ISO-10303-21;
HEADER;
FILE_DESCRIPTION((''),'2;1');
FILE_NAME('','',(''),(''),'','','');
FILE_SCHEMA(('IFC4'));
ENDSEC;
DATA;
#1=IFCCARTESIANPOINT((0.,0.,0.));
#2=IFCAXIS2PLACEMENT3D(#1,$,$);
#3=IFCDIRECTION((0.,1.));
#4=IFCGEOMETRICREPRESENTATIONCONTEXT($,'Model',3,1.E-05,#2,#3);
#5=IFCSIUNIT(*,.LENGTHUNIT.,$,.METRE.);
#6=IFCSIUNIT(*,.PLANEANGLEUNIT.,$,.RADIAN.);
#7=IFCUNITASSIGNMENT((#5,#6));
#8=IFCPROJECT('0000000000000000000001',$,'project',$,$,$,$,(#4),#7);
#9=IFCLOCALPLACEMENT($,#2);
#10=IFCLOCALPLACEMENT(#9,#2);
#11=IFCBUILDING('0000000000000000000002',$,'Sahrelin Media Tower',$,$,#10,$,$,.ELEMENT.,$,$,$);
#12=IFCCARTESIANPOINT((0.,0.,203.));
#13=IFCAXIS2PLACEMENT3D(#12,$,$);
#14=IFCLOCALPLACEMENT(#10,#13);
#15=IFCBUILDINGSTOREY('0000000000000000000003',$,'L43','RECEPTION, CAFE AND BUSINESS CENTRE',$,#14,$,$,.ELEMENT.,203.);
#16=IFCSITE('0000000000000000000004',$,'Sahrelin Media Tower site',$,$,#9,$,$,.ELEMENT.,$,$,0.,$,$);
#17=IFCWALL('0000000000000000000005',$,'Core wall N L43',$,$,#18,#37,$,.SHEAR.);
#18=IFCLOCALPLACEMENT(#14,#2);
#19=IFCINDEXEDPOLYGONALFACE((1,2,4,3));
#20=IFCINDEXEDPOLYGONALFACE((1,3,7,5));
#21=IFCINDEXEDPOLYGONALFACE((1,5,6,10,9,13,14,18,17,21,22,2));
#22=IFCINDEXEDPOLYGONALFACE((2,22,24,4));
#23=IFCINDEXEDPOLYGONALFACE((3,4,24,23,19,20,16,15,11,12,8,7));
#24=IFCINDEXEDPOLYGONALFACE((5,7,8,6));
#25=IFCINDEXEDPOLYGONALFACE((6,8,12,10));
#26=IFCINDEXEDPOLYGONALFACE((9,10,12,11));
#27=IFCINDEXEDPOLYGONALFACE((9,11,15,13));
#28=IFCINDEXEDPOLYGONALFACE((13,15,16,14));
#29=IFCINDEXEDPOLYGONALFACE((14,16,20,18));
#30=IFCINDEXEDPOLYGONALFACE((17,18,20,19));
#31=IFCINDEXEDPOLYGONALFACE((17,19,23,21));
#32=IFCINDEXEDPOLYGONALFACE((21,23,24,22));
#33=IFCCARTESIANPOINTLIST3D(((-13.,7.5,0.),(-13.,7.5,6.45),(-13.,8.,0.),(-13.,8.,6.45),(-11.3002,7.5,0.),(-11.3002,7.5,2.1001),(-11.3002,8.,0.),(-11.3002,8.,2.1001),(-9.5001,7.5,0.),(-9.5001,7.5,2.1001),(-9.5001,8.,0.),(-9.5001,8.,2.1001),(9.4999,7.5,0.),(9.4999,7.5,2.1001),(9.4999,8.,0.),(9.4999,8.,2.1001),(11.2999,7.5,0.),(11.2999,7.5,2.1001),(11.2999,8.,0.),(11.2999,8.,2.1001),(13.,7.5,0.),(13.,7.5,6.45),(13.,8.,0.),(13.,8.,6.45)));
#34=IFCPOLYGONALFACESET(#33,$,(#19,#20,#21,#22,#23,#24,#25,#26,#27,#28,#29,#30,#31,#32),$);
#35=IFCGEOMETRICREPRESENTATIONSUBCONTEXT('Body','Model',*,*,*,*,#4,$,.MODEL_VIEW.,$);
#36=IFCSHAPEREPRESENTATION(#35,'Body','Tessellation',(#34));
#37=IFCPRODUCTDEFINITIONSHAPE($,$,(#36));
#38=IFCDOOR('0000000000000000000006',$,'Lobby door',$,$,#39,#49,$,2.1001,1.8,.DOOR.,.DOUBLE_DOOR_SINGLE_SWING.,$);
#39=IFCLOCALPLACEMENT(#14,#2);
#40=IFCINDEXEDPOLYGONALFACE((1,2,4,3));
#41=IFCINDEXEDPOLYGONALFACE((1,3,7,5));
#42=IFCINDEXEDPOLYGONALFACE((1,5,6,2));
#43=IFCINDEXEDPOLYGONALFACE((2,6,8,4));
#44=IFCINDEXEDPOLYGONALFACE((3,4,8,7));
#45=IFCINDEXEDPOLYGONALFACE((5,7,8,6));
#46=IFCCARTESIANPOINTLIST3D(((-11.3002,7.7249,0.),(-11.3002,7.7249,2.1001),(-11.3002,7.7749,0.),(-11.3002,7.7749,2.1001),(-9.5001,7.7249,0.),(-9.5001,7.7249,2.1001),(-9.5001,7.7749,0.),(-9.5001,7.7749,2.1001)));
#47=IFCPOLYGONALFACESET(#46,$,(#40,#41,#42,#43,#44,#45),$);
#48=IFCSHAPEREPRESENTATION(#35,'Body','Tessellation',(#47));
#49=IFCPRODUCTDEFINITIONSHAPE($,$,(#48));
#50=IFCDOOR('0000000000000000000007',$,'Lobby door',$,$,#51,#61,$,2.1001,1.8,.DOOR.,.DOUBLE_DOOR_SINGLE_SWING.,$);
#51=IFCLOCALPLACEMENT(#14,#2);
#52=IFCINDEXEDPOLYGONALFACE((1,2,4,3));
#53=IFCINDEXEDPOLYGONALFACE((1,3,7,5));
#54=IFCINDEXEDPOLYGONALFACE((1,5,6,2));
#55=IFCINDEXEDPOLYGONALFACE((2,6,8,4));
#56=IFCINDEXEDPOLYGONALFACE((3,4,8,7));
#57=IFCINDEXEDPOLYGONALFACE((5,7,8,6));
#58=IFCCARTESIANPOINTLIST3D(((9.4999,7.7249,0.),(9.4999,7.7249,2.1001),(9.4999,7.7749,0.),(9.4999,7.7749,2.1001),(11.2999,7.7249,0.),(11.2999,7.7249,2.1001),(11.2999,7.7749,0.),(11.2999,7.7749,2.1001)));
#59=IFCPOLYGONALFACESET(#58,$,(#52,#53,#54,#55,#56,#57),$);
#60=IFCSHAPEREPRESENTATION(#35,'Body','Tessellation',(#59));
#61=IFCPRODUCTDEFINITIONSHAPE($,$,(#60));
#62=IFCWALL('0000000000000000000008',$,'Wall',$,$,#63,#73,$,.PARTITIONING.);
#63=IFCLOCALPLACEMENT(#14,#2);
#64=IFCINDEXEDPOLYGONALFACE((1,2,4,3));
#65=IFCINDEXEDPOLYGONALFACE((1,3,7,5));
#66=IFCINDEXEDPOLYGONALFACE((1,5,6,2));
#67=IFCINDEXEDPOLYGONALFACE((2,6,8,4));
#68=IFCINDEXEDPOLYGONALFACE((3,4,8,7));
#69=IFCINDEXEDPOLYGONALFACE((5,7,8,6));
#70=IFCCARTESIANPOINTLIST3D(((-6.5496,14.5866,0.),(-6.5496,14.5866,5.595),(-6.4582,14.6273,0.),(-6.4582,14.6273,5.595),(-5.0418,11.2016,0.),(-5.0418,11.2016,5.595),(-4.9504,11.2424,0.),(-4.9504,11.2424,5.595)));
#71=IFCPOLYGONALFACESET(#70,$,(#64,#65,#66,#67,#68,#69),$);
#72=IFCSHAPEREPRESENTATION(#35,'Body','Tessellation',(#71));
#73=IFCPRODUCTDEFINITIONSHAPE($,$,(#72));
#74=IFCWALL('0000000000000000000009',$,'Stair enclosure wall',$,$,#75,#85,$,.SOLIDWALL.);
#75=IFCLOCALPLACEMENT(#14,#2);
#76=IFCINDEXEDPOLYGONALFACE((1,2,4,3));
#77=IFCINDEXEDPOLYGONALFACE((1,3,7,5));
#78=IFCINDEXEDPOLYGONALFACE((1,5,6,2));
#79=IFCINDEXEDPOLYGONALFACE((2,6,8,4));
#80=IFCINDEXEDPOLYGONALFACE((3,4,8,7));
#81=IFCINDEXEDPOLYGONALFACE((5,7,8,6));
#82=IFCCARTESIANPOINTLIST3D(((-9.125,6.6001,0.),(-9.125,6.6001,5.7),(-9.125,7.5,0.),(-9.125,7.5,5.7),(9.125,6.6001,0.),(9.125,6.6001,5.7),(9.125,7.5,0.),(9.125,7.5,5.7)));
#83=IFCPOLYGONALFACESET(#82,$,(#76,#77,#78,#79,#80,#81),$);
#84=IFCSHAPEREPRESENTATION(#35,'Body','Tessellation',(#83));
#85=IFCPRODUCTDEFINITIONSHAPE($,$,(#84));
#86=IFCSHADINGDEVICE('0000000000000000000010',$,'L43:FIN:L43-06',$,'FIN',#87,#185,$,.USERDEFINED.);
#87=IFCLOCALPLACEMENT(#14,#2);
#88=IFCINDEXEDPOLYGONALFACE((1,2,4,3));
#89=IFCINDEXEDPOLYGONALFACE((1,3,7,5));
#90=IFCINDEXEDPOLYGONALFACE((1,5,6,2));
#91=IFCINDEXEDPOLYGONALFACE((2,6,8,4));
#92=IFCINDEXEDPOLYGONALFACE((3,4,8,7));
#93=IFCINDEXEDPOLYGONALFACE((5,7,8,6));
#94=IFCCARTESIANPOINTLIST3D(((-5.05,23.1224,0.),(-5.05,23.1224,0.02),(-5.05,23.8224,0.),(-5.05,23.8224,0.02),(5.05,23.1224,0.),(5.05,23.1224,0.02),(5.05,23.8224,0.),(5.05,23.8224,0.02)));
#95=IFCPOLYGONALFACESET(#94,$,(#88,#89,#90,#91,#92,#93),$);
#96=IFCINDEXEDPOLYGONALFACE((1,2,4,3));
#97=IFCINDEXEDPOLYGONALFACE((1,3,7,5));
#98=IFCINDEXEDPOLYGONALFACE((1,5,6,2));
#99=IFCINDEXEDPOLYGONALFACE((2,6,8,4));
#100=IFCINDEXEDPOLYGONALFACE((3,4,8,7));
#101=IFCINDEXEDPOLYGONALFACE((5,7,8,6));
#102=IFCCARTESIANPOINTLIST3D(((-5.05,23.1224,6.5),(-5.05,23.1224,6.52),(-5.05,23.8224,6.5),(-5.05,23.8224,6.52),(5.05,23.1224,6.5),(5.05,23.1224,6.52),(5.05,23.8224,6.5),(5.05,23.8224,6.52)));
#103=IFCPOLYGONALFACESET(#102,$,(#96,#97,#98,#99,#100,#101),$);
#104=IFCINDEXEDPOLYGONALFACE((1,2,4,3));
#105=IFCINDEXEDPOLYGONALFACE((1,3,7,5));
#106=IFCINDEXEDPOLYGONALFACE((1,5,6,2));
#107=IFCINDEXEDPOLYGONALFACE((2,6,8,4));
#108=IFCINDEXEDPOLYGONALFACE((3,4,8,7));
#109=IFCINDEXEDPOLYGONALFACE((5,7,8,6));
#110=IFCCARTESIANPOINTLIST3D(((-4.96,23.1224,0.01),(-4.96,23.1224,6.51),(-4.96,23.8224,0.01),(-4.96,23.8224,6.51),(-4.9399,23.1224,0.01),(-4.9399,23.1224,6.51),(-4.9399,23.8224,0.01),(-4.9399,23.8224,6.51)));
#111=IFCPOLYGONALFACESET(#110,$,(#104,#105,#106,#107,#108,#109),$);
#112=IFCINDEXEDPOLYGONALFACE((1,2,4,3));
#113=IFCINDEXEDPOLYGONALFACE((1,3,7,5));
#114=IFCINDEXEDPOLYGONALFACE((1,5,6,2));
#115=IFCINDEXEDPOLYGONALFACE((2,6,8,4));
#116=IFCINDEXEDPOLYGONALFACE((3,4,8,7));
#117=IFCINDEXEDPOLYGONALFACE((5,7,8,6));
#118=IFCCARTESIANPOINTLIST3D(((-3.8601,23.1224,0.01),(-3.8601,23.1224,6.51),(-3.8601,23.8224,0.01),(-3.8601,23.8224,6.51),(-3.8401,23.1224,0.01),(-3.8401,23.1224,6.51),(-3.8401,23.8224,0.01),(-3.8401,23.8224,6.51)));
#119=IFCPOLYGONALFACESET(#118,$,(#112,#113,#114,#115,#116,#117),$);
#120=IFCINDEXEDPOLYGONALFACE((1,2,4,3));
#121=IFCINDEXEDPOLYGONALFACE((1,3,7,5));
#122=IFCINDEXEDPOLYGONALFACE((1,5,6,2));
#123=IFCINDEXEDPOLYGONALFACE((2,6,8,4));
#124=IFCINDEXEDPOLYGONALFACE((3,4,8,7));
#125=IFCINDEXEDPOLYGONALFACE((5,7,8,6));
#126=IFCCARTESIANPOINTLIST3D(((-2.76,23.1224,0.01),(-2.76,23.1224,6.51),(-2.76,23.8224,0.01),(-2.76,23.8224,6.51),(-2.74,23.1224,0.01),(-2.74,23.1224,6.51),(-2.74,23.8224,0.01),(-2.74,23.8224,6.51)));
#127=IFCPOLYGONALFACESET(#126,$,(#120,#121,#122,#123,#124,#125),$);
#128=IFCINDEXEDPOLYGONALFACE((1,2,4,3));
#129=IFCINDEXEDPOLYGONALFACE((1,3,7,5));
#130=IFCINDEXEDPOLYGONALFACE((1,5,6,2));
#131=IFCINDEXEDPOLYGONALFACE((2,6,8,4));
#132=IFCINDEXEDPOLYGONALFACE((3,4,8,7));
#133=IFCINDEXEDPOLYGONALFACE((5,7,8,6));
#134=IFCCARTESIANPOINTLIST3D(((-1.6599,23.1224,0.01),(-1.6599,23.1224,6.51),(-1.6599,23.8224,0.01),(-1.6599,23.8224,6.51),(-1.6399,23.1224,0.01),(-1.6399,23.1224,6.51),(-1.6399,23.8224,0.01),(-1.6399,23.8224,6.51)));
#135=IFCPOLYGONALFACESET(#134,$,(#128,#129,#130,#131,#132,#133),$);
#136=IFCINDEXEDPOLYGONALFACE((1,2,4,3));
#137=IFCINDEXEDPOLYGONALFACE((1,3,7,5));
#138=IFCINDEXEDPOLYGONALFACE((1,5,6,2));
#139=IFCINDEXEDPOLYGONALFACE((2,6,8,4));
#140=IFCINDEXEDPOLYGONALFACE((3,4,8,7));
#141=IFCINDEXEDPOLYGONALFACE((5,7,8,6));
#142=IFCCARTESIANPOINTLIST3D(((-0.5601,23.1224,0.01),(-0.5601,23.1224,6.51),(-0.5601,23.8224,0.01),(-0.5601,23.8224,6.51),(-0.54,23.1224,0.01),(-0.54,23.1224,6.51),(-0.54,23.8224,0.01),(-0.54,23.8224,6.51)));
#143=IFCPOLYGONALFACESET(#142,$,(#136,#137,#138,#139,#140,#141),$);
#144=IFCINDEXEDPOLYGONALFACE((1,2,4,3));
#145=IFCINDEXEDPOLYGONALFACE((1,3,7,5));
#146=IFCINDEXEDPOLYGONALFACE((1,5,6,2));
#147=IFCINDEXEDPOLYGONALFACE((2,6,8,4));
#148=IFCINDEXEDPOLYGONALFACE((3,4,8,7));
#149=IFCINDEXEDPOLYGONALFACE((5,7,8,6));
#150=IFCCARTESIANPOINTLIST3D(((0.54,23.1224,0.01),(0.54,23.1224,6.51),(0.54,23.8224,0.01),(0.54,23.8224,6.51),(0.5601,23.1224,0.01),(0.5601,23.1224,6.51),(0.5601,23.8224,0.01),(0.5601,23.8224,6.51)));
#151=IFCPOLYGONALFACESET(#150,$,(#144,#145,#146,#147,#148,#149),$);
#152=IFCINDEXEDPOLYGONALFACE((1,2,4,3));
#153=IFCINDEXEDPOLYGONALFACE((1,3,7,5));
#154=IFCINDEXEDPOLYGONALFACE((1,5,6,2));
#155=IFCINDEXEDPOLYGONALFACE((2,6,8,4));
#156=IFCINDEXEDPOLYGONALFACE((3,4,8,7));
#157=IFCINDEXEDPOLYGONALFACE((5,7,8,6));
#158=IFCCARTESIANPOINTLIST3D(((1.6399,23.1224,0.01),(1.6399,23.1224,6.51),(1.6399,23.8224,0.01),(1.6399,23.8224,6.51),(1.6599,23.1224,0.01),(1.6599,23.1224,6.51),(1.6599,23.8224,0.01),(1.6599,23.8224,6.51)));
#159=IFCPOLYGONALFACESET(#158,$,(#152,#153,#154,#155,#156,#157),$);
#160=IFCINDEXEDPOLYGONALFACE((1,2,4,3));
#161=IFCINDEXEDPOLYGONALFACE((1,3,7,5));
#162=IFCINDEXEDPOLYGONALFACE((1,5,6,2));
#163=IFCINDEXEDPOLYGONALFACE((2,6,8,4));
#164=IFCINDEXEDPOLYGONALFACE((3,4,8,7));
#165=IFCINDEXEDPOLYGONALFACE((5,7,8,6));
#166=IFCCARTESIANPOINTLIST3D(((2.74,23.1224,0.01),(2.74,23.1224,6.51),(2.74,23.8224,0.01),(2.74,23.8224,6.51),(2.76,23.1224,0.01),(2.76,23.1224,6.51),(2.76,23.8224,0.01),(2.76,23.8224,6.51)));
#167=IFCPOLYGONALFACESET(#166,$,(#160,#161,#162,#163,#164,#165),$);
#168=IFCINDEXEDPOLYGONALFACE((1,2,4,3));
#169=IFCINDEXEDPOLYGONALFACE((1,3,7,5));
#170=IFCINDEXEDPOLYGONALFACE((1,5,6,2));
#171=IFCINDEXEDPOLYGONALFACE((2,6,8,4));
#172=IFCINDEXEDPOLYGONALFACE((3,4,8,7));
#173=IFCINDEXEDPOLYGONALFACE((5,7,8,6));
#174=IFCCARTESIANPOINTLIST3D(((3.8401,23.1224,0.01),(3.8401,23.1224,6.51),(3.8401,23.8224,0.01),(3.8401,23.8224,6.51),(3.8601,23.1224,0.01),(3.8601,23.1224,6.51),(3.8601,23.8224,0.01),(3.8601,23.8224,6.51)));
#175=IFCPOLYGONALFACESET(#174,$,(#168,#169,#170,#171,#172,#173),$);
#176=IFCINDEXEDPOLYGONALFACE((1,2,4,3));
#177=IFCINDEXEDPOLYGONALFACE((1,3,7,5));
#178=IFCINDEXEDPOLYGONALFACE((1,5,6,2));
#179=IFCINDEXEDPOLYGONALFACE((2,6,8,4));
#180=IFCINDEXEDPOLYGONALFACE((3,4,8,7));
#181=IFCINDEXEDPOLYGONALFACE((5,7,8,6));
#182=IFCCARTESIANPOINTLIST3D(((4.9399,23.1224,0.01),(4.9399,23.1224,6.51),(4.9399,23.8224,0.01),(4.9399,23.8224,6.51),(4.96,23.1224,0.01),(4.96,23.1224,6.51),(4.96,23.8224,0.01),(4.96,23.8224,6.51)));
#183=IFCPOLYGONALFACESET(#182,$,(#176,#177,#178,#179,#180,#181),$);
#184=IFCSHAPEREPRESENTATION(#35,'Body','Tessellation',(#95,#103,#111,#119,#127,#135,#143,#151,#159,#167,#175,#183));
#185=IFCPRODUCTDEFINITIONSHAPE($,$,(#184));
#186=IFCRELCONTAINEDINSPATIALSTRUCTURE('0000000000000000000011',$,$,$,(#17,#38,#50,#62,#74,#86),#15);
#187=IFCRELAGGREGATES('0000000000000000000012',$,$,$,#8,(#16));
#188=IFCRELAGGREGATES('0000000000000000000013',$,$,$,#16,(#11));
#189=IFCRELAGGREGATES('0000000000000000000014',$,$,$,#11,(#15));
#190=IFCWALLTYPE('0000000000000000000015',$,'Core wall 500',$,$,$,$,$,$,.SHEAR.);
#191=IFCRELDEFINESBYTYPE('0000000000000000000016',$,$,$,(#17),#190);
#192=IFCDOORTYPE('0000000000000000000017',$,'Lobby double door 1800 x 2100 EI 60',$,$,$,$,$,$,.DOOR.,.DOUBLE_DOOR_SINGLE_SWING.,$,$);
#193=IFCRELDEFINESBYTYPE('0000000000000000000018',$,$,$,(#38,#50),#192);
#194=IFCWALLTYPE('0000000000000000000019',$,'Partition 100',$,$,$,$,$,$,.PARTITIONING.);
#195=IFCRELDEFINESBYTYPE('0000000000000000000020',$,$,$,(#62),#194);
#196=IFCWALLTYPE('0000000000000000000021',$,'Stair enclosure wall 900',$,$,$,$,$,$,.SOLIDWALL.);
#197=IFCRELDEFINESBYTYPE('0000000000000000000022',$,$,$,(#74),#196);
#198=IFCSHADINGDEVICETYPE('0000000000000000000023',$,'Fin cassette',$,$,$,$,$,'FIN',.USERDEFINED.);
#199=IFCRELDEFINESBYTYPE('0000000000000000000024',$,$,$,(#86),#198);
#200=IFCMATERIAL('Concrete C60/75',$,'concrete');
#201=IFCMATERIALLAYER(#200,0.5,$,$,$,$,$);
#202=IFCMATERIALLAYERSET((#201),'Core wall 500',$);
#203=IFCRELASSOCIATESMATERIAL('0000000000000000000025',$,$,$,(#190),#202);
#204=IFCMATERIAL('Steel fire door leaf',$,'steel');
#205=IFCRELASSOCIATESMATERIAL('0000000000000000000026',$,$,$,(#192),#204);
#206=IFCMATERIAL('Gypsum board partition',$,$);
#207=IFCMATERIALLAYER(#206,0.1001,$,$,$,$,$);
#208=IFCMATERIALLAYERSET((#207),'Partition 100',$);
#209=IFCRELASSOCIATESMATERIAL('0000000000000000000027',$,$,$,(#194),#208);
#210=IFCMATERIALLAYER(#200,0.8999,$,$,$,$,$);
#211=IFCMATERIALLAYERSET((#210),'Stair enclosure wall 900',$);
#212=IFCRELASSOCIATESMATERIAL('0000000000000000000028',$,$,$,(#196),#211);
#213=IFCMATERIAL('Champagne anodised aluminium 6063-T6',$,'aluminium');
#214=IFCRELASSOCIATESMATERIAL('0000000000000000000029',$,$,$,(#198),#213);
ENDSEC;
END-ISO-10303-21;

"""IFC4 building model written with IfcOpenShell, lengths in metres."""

from ifc_helpers import new_model, si_unit, direction, frame, frame_2d, origin, origin_2d, place, context, subcontext, project, spatial, rectangle, extrude, material, layer, layer_set, type_object, element, fill, save


model = new_model("IFC4")

# Units and contexts
model_context = context("Model", 3, precision=1e-05, world=origin(), true_north=direction((0.0, 1.0)))
body_context = subcontext(model_context, "Body", "Model", "MODEL_VIEW")
ifc_project = project(units=[si_unit("LENGTHUNIT", "METRE"), si_unit("PLANEANGLEUNIT", "RADIAN")], contexts=[model_context])

# Site, building, storey
site_placement = place(None, origin())
site = spatial("IfcSite", under=ifc_project, at=site_placement, Name="Sahrelin Media Tower site", CompositionType="ELEMENT", RefElevation=0.0)
building_placement = place(site_placement, origin())
building = spatial("IfcBuilding", under=site, at=building_placement, Name="Sahrelin Media Tower", CompositionType="ELEMENT")
storey_placement = place(building_placement, frame((0.0, 0.0, 203.0)))
storey = spatial("IfcBuildingStorey", under=building, at=storey_placement, Name="L43", Description="RECEPTION, CAFE AND BUSINESS CENTRE", CompositionType="ELEMENT", Elevation=203.0)

# Shared definitions
ifc_material_1 = material(Name="Champagne anodised aluminium 6063-T6", Category="aluminium")
placement_1 = place(storey_placement, frame((0.0, 23.0525, 0.0), z_axis=(0.0, 0.0, 1.0), x_axis=(1.0, 0.0, 0.0)))

# Wall, openings, doors
ifc_material_2 = material(Name="Concrete C60/75", Category="concrete")
ifc_layer_1 = layer(ifc_material_2, 0.5)
ifc_layer_set_1 = layer_set([ifc_layer_1], Name="Core wall 500")
wall_type_1 = type_object("IfcWallType", Name="Core wall 500", PredefinedType="SHEAR", material=ifc_layer_set_1)
wall_1_placement = place(storey_placement, frame((-13.0, 7.75, 0.0), z_axis=(0.0, 0.0, 1.0), x_axis=(1.0, 0.0, 0.0)))
wall_1 = element("IfcWall", 1, at=wall_1_placement, inside=storey, type_object=wall_type_1, Name="Core wall N L43", PredefinedType="SHEAR", context=body_context, shape_type="SweptSolid", body=[
    extrude(rectangle(XDim=26.0, YDim=0.5, at=frame_2d((13.0, 0.0))), origin(), (0.0, 0.0, 1.0), 6.45),
])
opening_1_placement = place(wall_1_placement, frame((1.7, 0.0, 0.0)))
opening_1 = element("IfcOpeningElement", 2, at=opening_1_placement, cuts=wall_1, PredefinedType="OPENING", context=body_context, shape_type="SweptSolid", body=[
    extrude(rectangle(XDim=1.8, YDim=2.1001, at=frame_2d((0.8999, 1.05))), frame((0.0, 0.25, 0.0), z_axis=(0.0, -1.0, 0.0), x_axis=(1.0, 0.0, 0.0)), (0.0, 0.0, 1.0), 0.5),
])
opening_2_placement = place(wall_1_placement, frame((22.5, 0.0, 0.0)))
opening_2 = element("IfcOpeningElement", 3, at=opening_2_placement, cuts=wall_1, PredefinedType="OPENING", context=body_context, shape_type="SweptSolid", body=[
    extrude(rectangle(XDim=1.8, YDim=2.1001, at=frame_2d((0.8999, 1.05))), frame((0.0, 0.25, 0.0), z_axis=(0.0, -1.0, 0.0), x_axis=(1.0, 0.0, 0.0)), (0.0, 0.0, 1.0), 0.5),
])
ifc_material_3 = material(Name="Steel fire door leaf", Category="steel")
door_type = type_object("IfcDoorType", Name="Lobby double door 1800 x 2100 EI 60", OperationType="DOUBLE_DOOR_SINGLE_SWING", PredefinedType="DOOR", material=ifc_material_3)
door_1_placement = place(opening_1_placement, origin())
door_1 = element("IfcDoor", 4, at=door_1_placement, inside=storey, type_object=door_type, Name="Lobby door", OperationType="DOUBLE_DOOR_SINGLE_SWING", OverallHeight=2.1001, OverallWidth=1.8, PredefinedType="DOOR", context=body_context, shape_type="SweptSolid", body=[
    extrude(rectangle(XDim=1.8, YDim=2.1001, at=frame_2d((0.8999, 1.05))), frame((0.0, 0.0249, 0.0), z_axis=(0.0, -1.0, 0.0), x_axis=(1.0, 0.0, 0.0)), (0.0, 0.0, 1.0), 0.05),
])
fill(opening_1, door_1)
door_2_placement = place(opening_2_placement, origin())
door_2 = element("IfcDoor", 5, at=door_2_placement, inside=storey, type_object=door_type, Name="Lobby door", OperationType="DOUBLE_DOOR_SINGLE_SWING", OverallHeight=2.1001, OverallWidth=1.8, PredefinedType="DOOR", context=body_context, shape_type="SweptSolid", body=[
    extrude(rectangle(XDim=1.8, YDim=2.1001, at=frame_2d((0.8999, 1.05))), frame((0.0, 0.0249, 0.0), z_axis=(0.0, -1.0, 0.0), x_axis=(1.0, 0.0, 0.0)), (0.0, 0.0, 1.0), 0.05),
])
fill(opening_2, door_2)

# Walls
ifc_material_4 = material(Name="Gypsum board partition")
ifc_layer_2 = layer(ifc_material_4, 0.1001)
ifc_layer_set_2 = layer_set([ifc_layer_2], Name="Partition 100")
wall_type_2 = type_object("IfcWallType", Name="Partition 100", PredefinedType="PARTITIONING", material=ifc_layer_set_2)
wall_2_placement = place(storey_placement, frame((-6.5039, 14.6069, 0.0), z_axis=(0.0, 0.0, 1.0), x_axis=(0.406896, -0.913474, 0.0)))
element("IfcWall", 6, at=wall_2_placement, inside=storey, type_object=wall_type_2, Name="Wall", PredefinedType="PARTITIONING", context=body_context, shape_type="SweptSolid", body=[
    extrude(rectangle(XDim=3.7056, YDim=0.1001, at=frame_2d((1.8528, 0.0))), origin(), (0.0, 0.0, 1.0), 5.595),
])
ifc_layer_3 = layer(ifc_material_2, 0.8999)
ifc_layer_set_3 = layer_set([ifc_layer_3], Name="Stair enclosure wall 900")
wall_type_3 = type_object("IfcWallType", Name="Stair enclosure wall 900", PredefinedType="SOLIDWALL", material=ifc_layer_set_3)
wall_3_placement = place(storey_placement, frame((-9.125, 7.05, 0.0), z_axis=(0.0, 0.0, 1.0), x_axis=(1.0, 0.0, 0.0)))
element("IfcWall", 7, at=wall_3_placement, inside=storey, type_object=wall_type_3, Name="Stair enclosure wall", PredefinedType="SOLIDWALL", context=body_context, shape_type="SweptSolid", body=[
    extrude(rectangle(XDim=18.25, YDim=0.8999, at=frame_2d((9.125, 0.0))), origin(), (0.0, 0.0, 1.0), 5.7),
])

# Shading device
shading_device_type_1 = type_object("IfcShadingDeviceType", Name="Fin cassette", ElementType="FIN", PredefinedType="USERDEFINED", material=ifc_material_1)
element("IfcShadingDevice", 8, at=placement_1, inside=storey, type_object=shading_device_type_1, Name="L43:FIN:L43-06", ObjectType="FIN", PredefinedType="USERDEFINED", context=body_context, shape_type="SweptSolid", body=[
    extrude(rectangle(XDim=10.1001, YDim=0.7, at=origin_2d()), frame((0.0, 0.4199, 0.0)), (0.0, 0.0, 1.0), 0.02),
    extrude(rectangle(XDim=10.1001, YDim=0.7, at=origin_2d()), frame((0.0, 0.4199, 6.5)), (0.0, 0.0, 1.0), 0.02),
    extrude(rectangle(XDim=0.02, YDim=0.7, at=origin_2d()), frame((-4.95, 0.4199, 0.01), z_axis=(0.0, 0.0, 1.0), x_axis=(1.0, 0.0, 0.0)), (0.0, 0.0, 1.0), 6.5),
    extrude(rectangle(XDim=0.02, YDim=0.7, at=origin_2d()), frame((-3.8501, 0.4199, 0.01), z_axis=(0.0, 0.0, 1.0), x_axis=(1.0, 0.0, 0.0)), (0.0, 0.0, 1.0), 6.5),
    extrude(rectangle(XDim=0.02, YDim=0.7, at=origin_2d()), frame((-2.75, 0.4199, 0.01), z_axis=(0.0, 0.0, 1.0), x_axis=(1.0, 0.0, 0.0)), (0.0, 0.0, 1.0), 6.5),
    extrude(rectangle(XDim=0.02, YDim=0.7, at=origin_2d()), frame((-1.6499, 0.4199, 0.01), z_axis=(0.0, 0.0, 1.0), x_axis=(1.0, 0.0, 0.0)), (0.0, 0.0, 1.0), 6.5),
    extrude(rectangle(XDim=0.02, YDim=0.7, at=origin_2d()), frame((-0.55, 0.4199, 0.01), z_axis=(0.0, 0.0, 1.0), x_axis=(1.0, 0.0, 0.0)), (0.0, 0.0, 1.0), 6.5),
    extrude(rectangle(XDim=0.02, YDim=0.7, at=origin_2d()), frame((0.55, 0.4199, 0.01), z_axis=(0.0, 0.0, 1.0), x_axis=(1.0, 0.0, 0.0)), (0.0, 0.0, 1.0), 6.5),
    extrude(rectangle(XDim=0.02, YDim=0.7, at=origin_2d()), frame((1.6499, 0.4199, 0.01), z_axis=(0.0, 0.0, 1.0), x_axis=(1.0, 0.0, 0.0)), (0.0, 0.0, 1.0), 6.5),
    extrude(rectangle(XDim=0.02, YDim=0.7, at=origin_2d()), frame((2.75, 0.4199, 0.01), z_axis=(0.0, 0.0, 1.0), x_axis=(1.0, 0.0, 0.0)), (0.0, 0.0, 1.0), 6.5),
    extrude(rectangle(XDim=0.02, YDim=0.7, at=origin_2d()), frame((3.8501, 0.4199, 0.01), z_axis=(0.0, 0.0, 1.0), x_axis=(1.0, 0.0, 0.0)), (0.0, 0.0, 1.0), 6.5),
    extrude(rectangle(XDim=0.02, YDim=0.7, at=origin_2d()), frame((4.95, 0.4199, 0.01), z_axis=(0.0, 0.0, 1.0), x_axis=(1.0, 0.0, 0.0)), (0.0, 0.0, 1.0), 6.5),
])

save(model, "model.ifc")
